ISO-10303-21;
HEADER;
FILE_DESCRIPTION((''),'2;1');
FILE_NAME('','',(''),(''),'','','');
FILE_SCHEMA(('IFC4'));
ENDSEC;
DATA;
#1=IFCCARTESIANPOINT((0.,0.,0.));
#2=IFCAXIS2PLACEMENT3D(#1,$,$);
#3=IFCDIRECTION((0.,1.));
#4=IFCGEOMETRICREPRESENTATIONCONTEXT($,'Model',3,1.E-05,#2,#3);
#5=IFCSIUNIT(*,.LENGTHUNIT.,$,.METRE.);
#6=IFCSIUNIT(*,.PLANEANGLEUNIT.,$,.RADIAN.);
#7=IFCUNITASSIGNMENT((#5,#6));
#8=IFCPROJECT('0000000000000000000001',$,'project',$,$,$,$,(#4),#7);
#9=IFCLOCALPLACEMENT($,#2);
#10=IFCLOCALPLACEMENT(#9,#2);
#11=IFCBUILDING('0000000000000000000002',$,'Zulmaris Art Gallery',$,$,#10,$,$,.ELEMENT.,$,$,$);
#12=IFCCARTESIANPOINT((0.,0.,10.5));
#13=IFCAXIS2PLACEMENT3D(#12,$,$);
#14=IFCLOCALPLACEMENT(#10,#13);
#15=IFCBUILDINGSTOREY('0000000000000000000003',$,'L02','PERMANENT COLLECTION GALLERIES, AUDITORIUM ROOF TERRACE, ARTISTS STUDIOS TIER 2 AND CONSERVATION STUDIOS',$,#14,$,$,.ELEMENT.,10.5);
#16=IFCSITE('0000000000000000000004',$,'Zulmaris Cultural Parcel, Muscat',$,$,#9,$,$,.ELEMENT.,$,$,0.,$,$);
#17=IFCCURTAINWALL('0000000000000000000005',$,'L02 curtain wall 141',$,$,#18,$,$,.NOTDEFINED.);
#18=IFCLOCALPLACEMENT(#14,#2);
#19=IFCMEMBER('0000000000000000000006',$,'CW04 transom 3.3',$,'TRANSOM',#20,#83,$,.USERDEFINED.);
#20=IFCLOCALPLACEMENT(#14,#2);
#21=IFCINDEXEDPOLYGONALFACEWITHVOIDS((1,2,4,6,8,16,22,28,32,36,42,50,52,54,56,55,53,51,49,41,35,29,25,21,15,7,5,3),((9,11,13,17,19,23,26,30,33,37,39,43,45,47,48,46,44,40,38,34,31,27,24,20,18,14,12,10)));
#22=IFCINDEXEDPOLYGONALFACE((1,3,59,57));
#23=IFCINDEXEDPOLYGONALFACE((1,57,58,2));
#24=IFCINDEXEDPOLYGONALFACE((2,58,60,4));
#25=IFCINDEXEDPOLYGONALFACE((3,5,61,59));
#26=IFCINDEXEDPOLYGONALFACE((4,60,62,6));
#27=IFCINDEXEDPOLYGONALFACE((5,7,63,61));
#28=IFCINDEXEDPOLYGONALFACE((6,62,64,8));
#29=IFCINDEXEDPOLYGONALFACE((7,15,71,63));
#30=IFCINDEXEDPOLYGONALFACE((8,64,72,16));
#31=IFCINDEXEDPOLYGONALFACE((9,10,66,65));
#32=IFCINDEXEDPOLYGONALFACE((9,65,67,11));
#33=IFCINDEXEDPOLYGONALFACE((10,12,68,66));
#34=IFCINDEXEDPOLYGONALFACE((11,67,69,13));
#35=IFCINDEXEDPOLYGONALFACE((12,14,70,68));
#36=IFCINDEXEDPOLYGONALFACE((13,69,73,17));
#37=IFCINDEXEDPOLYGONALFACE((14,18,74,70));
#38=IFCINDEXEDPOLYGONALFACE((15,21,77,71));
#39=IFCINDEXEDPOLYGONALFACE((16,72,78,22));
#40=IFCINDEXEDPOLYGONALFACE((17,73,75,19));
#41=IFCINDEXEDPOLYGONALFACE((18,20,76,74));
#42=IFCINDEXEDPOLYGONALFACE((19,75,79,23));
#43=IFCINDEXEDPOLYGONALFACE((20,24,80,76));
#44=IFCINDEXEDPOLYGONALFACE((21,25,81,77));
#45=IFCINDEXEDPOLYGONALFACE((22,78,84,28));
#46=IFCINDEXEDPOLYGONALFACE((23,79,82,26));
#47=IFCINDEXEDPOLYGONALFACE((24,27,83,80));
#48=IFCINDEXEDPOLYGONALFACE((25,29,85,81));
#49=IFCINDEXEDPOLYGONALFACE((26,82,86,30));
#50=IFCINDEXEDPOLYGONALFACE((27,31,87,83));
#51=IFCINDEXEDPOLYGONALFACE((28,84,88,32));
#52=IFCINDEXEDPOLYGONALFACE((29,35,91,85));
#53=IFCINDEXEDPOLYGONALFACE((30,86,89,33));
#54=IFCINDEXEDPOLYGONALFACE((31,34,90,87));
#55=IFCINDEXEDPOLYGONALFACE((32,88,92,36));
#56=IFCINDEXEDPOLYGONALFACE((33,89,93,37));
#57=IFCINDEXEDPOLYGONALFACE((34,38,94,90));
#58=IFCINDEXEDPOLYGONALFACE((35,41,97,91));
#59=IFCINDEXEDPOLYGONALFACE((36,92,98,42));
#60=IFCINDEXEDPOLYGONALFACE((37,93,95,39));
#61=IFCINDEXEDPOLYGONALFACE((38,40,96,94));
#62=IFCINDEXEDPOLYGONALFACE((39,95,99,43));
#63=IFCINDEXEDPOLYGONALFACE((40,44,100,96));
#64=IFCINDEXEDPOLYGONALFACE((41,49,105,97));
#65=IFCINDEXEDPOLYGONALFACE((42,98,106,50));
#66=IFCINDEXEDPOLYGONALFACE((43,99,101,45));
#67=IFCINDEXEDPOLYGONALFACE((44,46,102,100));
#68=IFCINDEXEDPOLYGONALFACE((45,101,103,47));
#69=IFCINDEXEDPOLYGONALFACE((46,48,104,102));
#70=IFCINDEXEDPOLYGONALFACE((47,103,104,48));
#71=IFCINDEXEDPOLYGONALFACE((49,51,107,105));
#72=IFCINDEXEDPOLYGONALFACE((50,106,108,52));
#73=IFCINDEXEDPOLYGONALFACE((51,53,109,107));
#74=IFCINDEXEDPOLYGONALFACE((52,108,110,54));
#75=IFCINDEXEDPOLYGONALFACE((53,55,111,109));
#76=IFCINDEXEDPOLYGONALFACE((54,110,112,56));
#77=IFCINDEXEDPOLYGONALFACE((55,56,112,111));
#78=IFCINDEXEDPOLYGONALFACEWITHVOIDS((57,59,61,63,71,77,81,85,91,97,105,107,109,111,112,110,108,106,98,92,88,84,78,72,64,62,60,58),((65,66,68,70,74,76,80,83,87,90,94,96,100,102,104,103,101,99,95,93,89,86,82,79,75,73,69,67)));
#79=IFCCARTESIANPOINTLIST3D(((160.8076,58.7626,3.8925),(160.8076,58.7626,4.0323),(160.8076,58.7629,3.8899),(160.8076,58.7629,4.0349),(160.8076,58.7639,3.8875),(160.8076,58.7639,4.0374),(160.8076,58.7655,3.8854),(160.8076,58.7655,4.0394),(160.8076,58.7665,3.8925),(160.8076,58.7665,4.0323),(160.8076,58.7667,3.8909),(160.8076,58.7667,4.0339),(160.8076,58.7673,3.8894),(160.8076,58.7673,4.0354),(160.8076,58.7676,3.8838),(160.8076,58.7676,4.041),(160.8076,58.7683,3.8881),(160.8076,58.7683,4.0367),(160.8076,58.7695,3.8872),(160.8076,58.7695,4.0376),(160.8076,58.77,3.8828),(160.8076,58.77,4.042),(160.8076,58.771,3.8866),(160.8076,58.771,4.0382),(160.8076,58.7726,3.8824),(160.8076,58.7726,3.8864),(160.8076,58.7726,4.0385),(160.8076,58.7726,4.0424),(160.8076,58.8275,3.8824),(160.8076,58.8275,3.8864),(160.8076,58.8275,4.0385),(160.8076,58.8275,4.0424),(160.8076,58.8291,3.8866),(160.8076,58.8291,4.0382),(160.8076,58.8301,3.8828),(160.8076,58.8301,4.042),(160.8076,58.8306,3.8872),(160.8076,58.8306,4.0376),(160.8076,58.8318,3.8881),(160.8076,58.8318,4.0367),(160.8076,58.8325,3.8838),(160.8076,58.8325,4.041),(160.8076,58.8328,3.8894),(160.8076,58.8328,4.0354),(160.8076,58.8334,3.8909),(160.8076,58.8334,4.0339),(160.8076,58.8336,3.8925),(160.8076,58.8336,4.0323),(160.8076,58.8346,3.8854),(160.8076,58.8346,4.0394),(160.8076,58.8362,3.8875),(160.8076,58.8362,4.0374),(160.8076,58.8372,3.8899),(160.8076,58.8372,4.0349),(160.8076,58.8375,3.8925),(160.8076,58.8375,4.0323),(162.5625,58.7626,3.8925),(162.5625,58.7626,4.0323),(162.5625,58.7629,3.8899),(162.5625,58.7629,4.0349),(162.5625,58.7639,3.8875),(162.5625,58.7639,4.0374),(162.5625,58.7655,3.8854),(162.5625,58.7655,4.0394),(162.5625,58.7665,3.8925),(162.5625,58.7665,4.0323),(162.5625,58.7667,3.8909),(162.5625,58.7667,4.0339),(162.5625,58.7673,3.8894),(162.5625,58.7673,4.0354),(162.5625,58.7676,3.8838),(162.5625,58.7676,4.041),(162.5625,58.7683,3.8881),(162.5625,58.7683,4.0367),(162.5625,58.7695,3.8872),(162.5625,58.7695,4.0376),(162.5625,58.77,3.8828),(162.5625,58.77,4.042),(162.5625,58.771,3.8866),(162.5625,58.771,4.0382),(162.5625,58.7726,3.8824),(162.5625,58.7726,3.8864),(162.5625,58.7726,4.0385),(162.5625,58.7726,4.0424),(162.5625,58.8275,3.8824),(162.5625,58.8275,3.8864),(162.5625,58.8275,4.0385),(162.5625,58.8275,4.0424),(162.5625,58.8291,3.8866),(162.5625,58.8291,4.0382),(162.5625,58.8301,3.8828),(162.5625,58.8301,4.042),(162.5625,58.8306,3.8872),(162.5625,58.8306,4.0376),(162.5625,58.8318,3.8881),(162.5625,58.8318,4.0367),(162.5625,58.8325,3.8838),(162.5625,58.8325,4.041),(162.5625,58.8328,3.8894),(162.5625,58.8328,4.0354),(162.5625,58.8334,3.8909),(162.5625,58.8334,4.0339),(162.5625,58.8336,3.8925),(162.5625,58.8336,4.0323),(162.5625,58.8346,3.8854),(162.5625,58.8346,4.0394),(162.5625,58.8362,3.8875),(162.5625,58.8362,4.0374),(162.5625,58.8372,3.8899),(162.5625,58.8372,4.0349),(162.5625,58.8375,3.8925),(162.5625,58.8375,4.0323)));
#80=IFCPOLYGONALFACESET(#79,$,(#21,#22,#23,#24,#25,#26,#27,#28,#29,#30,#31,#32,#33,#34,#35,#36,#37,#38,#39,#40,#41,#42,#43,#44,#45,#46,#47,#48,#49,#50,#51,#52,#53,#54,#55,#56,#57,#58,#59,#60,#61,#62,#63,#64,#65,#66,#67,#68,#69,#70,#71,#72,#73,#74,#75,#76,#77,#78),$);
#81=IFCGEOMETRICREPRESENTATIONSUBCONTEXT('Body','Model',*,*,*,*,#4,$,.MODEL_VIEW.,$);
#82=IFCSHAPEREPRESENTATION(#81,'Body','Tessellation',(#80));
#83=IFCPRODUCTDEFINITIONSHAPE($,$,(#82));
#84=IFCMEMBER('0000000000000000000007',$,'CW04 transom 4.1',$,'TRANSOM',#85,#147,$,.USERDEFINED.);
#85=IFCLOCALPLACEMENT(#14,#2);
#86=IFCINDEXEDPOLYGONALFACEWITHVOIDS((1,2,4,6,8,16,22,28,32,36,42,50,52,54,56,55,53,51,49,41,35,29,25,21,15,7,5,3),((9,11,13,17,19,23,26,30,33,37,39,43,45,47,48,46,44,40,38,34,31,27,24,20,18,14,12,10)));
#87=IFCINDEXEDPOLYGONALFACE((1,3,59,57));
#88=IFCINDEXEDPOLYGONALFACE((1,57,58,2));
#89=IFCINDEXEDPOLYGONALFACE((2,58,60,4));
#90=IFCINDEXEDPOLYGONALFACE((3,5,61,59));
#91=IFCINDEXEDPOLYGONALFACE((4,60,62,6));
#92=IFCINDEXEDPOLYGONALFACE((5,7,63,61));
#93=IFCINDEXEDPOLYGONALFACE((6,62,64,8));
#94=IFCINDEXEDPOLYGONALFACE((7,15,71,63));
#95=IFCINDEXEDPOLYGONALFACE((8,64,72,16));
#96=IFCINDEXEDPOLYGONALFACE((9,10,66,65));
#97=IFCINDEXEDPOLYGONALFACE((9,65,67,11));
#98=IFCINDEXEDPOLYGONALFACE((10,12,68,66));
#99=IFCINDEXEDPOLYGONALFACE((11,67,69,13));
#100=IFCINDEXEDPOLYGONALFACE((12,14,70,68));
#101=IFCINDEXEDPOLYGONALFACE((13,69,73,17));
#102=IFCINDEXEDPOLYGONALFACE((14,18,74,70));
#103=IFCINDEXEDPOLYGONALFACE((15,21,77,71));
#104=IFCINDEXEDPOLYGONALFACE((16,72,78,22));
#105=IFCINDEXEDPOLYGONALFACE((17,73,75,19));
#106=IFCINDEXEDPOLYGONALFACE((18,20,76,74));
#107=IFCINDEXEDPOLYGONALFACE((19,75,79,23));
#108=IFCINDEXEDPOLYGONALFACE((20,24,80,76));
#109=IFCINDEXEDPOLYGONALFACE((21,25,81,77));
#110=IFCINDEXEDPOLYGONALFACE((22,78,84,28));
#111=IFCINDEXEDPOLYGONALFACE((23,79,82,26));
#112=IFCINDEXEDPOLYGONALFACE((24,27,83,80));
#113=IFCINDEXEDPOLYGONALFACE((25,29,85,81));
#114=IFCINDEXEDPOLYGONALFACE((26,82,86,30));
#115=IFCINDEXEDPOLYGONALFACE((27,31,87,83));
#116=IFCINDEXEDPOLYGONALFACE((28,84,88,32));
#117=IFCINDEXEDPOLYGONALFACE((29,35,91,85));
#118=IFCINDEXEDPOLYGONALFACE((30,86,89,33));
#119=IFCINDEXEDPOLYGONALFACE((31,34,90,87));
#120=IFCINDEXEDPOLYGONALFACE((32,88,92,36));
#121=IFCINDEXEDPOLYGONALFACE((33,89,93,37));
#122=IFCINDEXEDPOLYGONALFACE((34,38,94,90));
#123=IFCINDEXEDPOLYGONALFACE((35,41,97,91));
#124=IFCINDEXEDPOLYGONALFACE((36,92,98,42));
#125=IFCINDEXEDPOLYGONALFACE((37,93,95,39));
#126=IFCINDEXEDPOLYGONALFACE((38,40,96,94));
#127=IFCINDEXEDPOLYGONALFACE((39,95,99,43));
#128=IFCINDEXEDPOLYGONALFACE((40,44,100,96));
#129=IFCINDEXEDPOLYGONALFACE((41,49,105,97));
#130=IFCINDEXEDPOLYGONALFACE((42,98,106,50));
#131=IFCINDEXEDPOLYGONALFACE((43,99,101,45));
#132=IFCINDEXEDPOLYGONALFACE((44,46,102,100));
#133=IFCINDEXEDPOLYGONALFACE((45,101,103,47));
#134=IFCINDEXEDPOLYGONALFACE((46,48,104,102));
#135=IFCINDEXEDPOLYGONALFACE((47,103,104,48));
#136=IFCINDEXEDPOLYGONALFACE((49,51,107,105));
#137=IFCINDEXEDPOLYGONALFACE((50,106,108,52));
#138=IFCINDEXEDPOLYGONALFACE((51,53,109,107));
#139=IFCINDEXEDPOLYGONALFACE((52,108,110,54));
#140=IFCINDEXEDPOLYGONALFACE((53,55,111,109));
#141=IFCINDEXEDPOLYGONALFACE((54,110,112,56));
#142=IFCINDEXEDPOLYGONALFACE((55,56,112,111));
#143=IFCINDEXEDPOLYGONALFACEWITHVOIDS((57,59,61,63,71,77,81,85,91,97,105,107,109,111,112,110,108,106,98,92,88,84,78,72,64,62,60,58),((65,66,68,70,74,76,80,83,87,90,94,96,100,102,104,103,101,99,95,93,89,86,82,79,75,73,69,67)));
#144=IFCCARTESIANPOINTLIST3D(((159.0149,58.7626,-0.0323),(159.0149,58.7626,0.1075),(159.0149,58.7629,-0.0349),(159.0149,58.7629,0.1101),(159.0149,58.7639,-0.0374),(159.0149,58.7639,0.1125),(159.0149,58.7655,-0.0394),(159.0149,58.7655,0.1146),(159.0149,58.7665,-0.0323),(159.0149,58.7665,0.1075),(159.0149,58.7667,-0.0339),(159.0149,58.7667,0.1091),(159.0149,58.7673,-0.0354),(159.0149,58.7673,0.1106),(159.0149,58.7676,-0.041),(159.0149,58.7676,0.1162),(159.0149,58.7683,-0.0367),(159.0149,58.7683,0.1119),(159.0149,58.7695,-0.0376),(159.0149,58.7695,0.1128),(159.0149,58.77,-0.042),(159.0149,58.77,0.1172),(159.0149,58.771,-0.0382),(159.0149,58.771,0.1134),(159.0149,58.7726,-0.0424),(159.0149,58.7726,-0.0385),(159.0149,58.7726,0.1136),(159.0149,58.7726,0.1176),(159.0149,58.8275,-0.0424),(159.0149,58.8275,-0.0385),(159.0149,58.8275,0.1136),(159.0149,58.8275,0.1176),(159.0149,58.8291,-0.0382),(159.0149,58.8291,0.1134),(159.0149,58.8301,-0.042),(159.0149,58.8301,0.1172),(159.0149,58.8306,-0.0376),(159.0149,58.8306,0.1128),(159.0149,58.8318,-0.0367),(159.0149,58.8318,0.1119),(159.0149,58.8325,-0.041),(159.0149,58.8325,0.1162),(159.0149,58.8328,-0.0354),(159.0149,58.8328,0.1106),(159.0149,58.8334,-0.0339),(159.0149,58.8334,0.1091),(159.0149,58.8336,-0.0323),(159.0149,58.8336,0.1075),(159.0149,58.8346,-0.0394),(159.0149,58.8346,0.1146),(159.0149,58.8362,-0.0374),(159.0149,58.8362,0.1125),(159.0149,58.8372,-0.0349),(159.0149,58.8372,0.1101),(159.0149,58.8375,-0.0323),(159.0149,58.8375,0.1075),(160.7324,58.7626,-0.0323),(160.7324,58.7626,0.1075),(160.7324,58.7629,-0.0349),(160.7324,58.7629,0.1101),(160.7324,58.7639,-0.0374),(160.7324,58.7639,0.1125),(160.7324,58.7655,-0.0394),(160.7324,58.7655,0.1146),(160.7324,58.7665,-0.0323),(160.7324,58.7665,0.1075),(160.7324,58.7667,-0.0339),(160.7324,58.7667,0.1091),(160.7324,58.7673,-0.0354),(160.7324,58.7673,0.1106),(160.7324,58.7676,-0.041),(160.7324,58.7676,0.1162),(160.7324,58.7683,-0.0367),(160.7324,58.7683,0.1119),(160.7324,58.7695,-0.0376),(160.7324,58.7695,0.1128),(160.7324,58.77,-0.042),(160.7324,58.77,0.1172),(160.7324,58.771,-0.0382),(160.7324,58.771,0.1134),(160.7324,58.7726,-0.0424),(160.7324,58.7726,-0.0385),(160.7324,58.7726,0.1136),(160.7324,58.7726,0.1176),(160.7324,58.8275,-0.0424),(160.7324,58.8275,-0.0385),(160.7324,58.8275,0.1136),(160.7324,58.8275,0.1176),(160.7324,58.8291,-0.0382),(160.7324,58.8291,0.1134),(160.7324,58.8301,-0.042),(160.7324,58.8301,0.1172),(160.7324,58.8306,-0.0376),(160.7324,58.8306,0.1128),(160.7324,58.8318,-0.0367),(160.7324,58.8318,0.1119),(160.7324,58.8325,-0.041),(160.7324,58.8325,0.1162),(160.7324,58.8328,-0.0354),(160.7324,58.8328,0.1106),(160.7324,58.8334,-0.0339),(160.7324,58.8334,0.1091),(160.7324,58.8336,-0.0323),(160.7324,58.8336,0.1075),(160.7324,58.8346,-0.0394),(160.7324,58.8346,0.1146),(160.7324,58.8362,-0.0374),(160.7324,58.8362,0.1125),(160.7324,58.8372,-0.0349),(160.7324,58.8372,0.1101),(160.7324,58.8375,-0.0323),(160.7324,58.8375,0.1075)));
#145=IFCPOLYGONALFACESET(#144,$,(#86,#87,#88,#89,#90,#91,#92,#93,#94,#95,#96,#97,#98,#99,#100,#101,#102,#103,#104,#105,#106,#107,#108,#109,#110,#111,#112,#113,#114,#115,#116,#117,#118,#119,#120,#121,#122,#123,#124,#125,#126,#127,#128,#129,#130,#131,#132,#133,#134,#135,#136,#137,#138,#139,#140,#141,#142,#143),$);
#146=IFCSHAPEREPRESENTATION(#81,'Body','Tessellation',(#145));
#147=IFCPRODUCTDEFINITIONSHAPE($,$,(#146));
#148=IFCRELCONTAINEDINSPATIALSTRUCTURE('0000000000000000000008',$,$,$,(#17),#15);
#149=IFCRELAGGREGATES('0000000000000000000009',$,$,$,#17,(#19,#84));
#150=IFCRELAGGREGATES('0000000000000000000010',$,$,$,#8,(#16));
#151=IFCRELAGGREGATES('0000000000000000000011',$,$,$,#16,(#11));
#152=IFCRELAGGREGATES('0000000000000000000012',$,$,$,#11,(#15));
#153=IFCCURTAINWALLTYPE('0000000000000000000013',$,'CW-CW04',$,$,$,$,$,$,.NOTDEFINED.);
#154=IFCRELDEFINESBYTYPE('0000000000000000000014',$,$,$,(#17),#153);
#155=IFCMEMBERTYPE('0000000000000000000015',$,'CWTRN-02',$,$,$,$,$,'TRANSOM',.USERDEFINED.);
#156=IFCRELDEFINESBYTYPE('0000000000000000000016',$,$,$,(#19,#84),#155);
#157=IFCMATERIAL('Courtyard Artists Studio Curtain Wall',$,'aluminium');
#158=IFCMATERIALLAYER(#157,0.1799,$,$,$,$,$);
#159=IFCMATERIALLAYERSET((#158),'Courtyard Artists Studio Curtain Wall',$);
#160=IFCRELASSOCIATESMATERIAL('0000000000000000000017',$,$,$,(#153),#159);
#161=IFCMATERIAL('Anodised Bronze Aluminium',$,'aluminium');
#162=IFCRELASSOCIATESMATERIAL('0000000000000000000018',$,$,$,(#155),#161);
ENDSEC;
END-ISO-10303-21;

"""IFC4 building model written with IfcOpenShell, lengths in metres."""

from ifc_helpers import new_model, si_unit, direction, frame, origin, origin_2d, place, context, subcontext, project, spatial, hollow_rectangle, extrude, material, layer, layer_set, material_profile, profile_set, type_object, element, aggregate, save


model = new_model("IFC4")

# Units and contexts
model_context = context("Model", 3, precision=1e-05, world=origin(), true_north=direction((0.0, 1.0)))
body_context = subcontext(model_context, "Body", "Model", "MODEL_VIEW")
ifc_project = project(units=[si_unit("LENGTHUNIT", "METRE"), si_unit("PLANEANGLEUNIT", "RADIAN")], contexts=[model_context])

# Site, building, storey
site_placement = place(None, origin())
site = spatial("IfcSite", under=ifc_project, at=site_placement, Name="Zulmaris Cultural Parcel, Muscat", CompositionType="ELEMENT", RefElevation=0.0)
building_placement = place(site_placement, origin())
building = spatial("IfcBuilding", under=site, at=building_placement, Name="Zulmaris Art Gallery", CompositionType="ELEMENT")
storey_placement = place(building_placement, frame((0.0, 0.0, 10.5)))
storey = spatial("IfcBuildingStorey", under=building, at=storey_placement, Name="L02", Description="PERMANENT COLLECTION GALLERIES, AUDITORIUM ROOF TERRACE, ARTISTS STUDIOS TIER 2 AND CONSERVATION STUDIOS", CompositionType="ELEMENT", Elevation=10.5)

# Shared definitions
ifc_material_1 = material(Name="Courtyard Artists Studio Curtain Wall", Category="aluminium")
ifc_layer_1 = layer(ifc_material_1, 0.1799)
ifc_layer_set_1 = layer_set([ifc_layer_1], Name="Courtyard Artists Studio Curtain Wall")
curtain_wall_type = type_object("IfcCurtainWallType", Name="CW-CW04", PredefinedType="NOTDEFINED", material=ifc_layer_set_1)
ifc_material_2 = material(Name="Anodised Bronze Aluminium", Category="aluminium")

# Curtain wall
curtain_wall_1_placement = place(storey_placement, origin())
curtain_wall_1 = element("IfcCurtainWall", 1, at=curtain_wall_1_placement, inside=storey, type_object=curtain_wall_type, Name="L02 curtain wall 141", PredefinedType="NOTDEFINED")

# Members
ifc_material_profile_1 = material_profile(ifc_material_2, hollow_rectangle(XDim=0.075, YDim=0.1599, WallThickness=0.0039, InnerFilletRadius=0.0061, OuterFilletRadius=0.01, at=origin_2d()), Name="ALU 75x160x4")
ifc_profile_set_1 = profile_set([ifc_material_profile_1], Name="Anodised Bronze Aluminium")
member_type_1 = type_object("IfcMemberType", Name="CWTRN-02", ElementType="TRANSOM", PredefinedType="USERDEFINED", material=ifc_profile_set_1)
member_1_placement = place(storey_placement, frame((162.5625, 58.8, 3.9624), z_axis=(-1.0, 0.0, 0.0), x_axis=(0.0, -1.0, 0.0)))
member_1 = element("IfcMember", 2, at=member_1_placement, type_object=member_type_1, Name="CW04 transom 3.3", ObjectType="TRANSOM", PredefinedType="USERDEFINED", context=body_context, shape_type="SweptSolid", body=[
    extrude(hollow_rectangle(XDim=0.075, YDim=0.1599, WallThickness=0.0039, InnerFilletRadius=0.0061, OuterFilletRadius=0.01, at=origin_2d()), origin(), (0.0, 0.0, 1.0), 1.7549),
])
member_2_placement = place(storey_placement, frame((160.7324, 58.8, 0.0376), z_axis=(-1.0, 0.0, 0.0), x_axis=(0.0, -1.0, 0.0)))
member_2 = element("IfcMember", 3, at=member_2_placement, type_object=member_type_1, Name="CW04 transom 4.1", ObjectType="TRANSOM", PredefinedType="USERDEFINED", context=body_context, shape_type="SweptSolid", body=[
    extrude(hollow_rectangle(XDim=0.075, YDim=0.1599, WallThickness=0.0039, InnerFilletRadius=0.0061, OuterFilletRadius=0.01, at=origin_2d()), origin(), (0.0, 0.0, 1.0), 1.7175),
])

aggregate(curtain_wall_1, [member_1, member_2])

save(model, "model.ifc")
